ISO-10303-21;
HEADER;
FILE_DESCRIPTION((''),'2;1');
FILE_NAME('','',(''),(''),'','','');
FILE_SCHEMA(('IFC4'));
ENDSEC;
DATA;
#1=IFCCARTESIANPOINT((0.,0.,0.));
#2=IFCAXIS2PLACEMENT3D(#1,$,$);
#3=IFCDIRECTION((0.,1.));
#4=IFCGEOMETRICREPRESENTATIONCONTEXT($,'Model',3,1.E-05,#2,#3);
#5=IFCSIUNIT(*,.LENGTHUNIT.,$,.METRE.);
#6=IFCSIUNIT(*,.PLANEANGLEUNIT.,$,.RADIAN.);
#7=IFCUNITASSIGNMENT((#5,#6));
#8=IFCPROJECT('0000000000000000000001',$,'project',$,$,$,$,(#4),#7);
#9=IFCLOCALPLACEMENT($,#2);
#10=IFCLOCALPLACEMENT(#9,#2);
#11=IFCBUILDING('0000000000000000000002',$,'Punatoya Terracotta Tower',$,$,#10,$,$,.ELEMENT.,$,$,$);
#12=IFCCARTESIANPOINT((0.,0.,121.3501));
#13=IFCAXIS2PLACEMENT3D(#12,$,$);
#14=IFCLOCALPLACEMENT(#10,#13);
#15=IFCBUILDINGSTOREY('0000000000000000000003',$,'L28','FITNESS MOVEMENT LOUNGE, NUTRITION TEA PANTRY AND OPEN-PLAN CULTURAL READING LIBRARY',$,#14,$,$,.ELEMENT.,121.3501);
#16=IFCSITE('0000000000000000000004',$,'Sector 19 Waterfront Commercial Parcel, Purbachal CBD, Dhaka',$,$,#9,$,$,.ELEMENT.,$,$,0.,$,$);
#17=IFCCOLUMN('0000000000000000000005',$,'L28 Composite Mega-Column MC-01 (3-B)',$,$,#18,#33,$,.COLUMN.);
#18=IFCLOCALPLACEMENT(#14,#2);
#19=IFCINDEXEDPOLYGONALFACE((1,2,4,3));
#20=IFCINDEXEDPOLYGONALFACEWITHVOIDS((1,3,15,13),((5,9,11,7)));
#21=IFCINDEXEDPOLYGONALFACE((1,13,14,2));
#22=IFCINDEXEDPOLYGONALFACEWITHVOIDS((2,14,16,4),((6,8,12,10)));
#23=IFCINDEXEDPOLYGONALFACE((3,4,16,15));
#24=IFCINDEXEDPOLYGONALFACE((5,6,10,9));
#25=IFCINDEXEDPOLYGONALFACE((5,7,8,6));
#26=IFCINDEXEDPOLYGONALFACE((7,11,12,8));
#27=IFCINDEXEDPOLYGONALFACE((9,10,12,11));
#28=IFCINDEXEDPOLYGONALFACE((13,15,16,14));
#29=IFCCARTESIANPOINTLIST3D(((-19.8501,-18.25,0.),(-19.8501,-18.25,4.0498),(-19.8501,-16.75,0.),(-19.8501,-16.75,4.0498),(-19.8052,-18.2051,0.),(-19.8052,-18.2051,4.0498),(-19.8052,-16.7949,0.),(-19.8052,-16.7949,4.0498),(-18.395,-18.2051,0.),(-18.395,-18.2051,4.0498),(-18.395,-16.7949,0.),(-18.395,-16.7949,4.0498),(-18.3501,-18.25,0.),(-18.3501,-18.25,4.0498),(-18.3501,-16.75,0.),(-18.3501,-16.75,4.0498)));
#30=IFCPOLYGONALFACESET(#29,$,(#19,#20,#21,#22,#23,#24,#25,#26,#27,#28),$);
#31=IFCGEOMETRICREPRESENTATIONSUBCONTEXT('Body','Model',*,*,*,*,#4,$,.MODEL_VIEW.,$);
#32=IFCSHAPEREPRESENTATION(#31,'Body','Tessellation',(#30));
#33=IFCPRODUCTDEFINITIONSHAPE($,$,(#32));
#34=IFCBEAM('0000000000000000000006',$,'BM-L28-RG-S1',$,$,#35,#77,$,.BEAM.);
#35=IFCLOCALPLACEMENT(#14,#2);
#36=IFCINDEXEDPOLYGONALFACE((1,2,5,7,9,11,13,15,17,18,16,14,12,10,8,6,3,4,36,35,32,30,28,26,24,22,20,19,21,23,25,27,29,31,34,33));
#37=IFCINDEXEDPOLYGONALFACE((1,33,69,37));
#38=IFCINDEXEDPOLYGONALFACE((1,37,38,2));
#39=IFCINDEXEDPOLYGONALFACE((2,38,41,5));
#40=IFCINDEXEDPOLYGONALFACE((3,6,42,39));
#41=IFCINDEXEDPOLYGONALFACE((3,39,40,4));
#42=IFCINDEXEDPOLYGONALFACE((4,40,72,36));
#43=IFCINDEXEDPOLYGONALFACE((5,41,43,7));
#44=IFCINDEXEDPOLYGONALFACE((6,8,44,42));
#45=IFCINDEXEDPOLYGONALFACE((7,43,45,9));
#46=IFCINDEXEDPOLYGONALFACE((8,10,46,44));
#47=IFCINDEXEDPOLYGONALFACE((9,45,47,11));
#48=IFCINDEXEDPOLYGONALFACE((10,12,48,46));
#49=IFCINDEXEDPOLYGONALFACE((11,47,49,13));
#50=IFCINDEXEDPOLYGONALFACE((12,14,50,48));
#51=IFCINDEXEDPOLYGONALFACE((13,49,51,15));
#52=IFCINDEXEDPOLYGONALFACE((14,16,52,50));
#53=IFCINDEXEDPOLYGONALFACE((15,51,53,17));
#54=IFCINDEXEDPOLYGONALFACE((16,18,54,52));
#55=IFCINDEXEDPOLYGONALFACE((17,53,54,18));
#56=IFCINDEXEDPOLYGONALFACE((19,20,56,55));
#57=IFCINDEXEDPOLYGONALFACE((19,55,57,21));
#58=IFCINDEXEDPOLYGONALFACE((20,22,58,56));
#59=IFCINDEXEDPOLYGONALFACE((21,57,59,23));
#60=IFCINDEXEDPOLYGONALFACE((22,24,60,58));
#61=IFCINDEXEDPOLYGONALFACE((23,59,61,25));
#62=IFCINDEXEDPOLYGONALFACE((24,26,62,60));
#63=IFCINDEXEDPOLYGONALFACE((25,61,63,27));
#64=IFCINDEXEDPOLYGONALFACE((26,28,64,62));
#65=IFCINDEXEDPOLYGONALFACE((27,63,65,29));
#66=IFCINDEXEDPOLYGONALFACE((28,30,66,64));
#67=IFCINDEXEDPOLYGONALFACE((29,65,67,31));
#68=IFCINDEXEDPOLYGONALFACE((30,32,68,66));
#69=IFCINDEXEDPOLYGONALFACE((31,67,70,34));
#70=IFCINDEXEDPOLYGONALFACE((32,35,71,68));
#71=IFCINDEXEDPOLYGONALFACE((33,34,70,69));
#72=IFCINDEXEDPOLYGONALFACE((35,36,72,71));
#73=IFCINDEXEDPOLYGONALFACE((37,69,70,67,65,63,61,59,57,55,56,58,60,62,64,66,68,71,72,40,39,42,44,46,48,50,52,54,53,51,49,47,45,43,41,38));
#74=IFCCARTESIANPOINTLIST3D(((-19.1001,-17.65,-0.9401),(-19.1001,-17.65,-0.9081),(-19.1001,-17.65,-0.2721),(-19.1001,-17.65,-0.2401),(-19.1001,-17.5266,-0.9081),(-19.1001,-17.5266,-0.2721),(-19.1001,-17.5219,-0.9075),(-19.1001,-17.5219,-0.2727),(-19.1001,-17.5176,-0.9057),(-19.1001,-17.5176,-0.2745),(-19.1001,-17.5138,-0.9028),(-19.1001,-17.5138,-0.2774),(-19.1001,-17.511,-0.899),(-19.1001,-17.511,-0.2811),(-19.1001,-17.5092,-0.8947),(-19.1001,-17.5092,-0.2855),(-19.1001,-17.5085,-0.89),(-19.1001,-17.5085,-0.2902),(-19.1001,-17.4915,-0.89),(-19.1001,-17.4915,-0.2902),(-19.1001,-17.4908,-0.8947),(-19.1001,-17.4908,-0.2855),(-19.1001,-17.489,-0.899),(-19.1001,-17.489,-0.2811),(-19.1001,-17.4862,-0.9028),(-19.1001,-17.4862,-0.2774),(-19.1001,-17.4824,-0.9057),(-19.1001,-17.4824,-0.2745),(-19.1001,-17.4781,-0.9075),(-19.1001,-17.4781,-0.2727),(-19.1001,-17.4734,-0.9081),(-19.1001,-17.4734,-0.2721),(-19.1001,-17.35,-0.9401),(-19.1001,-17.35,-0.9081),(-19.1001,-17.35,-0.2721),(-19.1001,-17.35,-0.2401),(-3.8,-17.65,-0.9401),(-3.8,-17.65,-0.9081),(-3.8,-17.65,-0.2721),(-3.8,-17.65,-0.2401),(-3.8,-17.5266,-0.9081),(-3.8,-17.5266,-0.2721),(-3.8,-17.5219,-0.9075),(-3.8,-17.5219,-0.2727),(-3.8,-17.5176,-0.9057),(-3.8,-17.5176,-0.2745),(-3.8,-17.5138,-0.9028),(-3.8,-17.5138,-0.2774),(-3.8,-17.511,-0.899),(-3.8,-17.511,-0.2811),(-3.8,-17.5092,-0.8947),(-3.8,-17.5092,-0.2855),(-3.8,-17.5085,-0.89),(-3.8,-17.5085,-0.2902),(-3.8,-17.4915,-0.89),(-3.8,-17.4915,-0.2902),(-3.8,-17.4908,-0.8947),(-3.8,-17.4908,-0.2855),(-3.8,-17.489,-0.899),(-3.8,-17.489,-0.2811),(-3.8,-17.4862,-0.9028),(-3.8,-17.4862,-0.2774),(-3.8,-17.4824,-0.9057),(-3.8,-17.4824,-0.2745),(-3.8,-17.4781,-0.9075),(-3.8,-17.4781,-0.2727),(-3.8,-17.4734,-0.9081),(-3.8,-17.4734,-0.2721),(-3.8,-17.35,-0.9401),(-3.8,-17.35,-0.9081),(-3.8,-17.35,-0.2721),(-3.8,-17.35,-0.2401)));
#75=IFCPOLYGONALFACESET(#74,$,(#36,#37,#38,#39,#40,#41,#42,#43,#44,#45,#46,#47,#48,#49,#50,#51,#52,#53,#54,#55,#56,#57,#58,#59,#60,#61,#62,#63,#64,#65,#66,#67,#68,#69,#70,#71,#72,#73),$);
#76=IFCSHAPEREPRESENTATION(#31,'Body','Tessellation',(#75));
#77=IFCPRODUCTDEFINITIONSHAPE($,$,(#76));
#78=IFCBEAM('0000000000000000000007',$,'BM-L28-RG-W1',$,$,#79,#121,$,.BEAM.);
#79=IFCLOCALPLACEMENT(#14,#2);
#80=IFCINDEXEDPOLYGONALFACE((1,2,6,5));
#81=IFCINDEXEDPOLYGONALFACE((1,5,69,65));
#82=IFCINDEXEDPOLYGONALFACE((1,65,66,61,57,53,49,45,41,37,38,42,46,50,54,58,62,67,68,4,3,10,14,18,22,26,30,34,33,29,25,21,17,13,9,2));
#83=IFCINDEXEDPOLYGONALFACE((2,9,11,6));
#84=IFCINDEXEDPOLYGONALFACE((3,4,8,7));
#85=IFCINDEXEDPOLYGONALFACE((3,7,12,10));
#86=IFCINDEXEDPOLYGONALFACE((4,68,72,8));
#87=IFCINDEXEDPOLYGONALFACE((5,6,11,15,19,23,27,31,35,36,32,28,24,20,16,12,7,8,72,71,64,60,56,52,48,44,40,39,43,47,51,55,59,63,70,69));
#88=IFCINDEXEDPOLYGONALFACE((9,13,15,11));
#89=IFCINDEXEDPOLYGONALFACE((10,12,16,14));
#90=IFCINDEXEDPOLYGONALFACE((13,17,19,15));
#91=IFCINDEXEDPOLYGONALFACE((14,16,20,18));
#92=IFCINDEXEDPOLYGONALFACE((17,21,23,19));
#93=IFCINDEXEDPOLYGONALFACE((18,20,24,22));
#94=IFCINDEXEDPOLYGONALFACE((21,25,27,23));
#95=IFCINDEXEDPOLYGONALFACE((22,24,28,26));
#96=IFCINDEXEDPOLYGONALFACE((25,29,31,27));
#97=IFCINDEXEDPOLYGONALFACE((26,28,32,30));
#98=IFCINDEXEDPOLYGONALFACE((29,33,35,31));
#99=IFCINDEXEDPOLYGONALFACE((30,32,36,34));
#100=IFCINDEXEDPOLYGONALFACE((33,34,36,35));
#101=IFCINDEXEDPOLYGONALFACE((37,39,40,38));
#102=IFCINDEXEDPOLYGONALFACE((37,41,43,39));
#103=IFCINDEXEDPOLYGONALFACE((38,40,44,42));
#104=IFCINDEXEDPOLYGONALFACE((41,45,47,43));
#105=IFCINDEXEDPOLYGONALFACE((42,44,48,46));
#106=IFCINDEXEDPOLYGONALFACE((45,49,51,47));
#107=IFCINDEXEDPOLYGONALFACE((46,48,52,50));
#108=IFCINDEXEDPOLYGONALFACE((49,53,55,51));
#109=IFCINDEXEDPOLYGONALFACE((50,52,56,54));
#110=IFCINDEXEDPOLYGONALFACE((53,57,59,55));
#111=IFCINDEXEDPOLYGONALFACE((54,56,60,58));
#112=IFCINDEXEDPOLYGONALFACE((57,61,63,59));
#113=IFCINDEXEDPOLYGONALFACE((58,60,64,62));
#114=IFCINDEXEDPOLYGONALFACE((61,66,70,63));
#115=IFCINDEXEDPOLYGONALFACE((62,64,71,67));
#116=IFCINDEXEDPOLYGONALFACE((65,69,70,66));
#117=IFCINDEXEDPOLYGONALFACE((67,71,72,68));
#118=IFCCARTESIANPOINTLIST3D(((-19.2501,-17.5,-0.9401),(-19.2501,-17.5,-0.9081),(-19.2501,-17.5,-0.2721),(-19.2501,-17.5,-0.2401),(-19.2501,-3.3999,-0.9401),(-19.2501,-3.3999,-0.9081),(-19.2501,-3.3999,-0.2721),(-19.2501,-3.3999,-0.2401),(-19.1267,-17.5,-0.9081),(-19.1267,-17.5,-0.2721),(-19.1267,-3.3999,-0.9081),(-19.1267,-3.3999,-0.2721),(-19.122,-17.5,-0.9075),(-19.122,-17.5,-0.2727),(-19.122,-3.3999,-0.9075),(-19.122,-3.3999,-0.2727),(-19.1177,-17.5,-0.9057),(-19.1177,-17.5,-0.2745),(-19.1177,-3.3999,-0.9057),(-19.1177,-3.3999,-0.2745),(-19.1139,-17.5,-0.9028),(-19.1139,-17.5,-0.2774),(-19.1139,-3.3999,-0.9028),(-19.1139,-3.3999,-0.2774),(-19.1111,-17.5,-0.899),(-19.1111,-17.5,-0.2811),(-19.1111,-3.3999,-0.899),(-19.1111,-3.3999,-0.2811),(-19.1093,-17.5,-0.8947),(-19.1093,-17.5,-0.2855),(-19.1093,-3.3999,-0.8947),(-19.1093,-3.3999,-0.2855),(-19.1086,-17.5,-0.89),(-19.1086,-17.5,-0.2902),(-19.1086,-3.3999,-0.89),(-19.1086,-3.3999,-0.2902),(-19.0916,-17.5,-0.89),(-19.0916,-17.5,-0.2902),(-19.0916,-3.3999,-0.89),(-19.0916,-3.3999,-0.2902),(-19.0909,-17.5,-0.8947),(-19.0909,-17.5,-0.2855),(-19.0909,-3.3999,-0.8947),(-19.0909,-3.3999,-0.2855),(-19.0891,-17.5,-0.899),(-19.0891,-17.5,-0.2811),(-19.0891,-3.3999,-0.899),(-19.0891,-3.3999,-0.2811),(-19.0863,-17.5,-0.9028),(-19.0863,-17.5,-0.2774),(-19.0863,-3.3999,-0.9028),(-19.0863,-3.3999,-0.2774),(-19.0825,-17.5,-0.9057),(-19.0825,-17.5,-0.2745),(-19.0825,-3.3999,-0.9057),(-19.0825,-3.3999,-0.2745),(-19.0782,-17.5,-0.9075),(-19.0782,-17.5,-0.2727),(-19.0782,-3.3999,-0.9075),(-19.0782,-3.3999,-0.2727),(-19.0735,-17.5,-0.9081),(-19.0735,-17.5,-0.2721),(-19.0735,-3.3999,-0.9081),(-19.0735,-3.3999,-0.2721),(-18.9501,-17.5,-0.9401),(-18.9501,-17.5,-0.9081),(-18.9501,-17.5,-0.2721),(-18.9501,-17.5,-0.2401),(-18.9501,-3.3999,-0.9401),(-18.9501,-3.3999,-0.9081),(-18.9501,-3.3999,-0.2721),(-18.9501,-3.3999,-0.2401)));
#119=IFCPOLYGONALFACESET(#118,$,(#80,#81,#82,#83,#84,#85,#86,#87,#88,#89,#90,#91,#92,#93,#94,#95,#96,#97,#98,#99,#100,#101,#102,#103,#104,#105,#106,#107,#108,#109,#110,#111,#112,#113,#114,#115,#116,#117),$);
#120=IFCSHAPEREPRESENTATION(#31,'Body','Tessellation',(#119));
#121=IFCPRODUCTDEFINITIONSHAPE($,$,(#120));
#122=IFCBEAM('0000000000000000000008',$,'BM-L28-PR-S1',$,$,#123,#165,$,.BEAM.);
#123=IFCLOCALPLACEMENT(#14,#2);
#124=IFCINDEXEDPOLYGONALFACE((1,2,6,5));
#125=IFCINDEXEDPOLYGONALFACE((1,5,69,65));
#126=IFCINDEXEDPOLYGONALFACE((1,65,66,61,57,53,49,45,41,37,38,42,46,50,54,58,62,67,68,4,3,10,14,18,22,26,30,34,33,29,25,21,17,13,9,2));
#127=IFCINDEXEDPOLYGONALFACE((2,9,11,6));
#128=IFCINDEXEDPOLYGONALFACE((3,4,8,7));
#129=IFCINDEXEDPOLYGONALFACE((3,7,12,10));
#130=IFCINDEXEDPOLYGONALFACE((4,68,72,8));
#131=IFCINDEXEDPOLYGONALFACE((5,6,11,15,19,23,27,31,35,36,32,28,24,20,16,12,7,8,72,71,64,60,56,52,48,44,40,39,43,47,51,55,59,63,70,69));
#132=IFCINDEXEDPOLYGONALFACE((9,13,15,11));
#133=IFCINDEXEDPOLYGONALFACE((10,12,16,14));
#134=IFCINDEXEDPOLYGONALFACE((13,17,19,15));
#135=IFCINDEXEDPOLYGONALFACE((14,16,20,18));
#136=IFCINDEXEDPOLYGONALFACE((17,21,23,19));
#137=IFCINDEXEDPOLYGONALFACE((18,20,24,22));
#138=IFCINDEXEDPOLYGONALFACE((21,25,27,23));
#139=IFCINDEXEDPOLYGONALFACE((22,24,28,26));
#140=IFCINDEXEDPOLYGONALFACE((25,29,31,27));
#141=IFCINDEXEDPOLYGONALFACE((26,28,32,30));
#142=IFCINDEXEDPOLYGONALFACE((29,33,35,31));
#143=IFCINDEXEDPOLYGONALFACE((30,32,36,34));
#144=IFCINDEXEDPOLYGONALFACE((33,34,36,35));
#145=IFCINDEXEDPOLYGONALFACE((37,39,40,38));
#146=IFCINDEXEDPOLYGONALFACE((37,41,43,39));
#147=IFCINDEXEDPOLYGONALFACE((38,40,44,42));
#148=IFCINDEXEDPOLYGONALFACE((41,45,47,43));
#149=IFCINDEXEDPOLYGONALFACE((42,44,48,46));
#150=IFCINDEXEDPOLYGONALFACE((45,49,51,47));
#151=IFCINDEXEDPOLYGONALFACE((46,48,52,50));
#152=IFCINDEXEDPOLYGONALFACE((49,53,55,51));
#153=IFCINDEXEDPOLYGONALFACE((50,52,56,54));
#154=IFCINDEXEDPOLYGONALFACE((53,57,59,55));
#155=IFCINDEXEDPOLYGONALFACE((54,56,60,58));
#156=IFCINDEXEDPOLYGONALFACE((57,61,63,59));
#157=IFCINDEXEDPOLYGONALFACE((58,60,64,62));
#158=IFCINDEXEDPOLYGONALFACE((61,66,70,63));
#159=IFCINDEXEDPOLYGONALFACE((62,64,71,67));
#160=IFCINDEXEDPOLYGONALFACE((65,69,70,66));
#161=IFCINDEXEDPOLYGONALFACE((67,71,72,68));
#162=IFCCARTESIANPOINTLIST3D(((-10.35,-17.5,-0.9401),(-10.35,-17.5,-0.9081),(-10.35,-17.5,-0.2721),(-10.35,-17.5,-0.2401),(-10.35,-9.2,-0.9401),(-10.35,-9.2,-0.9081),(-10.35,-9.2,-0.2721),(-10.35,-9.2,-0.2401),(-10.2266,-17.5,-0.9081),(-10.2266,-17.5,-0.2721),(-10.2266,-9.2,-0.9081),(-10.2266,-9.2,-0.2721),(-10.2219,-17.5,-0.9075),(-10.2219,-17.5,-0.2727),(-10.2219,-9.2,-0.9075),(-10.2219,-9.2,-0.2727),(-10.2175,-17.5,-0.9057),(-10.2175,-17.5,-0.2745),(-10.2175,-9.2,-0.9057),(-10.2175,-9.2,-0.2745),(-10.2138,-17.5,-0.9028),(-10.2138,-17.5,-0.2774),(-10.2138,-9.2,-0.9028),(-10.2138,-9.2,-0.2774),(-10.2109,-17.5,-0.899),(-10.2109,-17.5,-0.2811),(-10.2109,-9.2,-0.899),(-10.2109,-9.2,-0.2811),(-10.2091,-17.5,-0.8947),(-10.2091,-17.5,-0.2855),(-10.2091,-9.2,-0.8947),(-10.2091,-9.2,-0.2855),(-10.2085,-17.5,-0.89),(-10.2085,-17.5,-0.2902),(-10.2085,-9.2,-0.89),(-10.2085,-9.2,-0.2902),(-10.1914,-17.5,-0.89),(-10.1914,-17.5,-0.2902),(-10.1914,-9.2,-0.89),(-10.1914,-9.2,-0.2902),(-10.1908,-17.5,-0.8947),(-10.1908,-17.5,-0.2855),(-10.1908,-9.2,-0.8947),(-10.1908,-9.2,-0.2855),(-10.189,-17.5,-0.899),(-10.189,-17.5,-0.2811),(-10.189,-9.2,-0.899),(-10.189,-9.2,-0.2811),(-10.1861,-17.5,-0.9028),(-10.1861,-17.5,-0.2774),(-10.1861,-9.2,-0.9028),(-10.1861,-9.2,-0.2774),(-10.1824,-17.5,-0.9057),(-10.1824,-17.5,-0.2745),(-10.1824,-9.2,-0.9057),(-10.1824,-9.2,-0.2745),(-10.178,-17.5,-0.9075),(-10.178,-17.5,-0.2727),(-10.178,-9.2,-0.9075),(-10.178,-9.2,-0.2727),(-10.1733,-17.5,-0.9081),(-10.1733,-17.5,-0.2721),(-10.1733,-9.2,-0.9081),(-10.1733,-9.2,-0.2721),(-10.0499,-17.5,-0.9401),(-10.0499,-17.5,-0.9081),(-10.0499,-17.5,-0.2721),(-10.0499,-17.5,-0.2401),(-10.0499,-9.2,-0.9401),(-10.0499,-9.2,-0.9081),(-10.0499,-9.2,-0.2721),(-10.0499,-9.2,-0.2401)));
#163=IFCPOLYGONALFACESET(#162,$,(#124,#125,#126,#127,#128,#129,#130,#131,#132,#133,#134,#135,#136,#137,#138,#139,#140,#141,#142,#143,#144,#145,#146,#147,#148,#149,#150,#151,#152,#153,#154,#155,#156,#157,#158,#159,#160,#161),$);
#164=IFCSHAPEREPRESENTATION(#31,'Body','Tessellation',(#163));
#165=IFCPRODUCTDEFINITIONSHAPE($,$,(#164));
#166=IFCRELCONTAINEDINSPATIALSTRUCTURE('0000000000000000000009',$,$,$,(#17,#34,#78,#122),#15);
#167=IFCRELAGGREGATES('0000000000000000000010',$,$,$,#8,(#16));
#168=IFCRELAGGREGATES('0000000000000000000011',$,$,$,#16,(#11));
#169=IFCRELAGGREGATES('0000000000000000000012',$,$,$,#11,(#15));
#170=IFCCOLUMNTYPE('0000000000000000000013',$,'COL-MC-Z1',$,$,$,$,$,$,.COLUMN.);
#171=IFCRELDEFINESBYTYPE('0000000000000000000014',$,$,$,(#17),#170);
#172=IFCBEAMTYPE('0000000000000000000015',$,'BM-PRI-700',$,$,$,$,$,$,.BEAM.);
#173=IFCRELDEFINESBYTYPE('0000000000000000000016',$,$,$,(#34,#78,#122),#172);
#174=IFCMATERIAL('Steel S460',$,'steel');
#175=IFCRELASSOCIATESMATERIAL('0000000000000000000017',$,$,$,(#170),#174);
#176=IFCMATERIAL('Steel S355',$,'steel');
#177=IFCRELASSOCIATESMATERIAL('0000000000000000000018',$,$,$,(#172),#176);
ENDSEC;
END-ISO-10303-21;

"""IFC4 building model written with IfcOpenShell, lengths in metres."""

from ifc_helpers import new_model, si_unit, direction, frame, origin, origin_2d, place, context, subcontext, project, spatial, hollow_rectangle, i_section, extrude, material, material_profile, profile_set, type_object, element, save


model = new_model("IFC4")

# Units and contexts
model_context = context("Model", 3, precision=1e-05, world=origin(), true_north=direction((0.0, 1.0)))
body_context = subcontext(model_context, "Body", "Model", "MODEL_VIEW")
ifc_project = project(units=[si_unit("LENGTHUNIT", "METRE"), si_unit("PLANEANGLEUNIT", "RADIAN")], contexts=[model_context])

# Site, building, storey
site_placement = place(None, origin())
site = spatial("IfcSite", under=ifc_project, at=site_placement, Name="Sector 19 Waterfront Commercial Parcel, Purbachal CBD, Dhaka", CompositionType="ELEMENT", RefElevation=0.0)
building_placement = place(site_placement, origin())
building = spatial("IfcBuilding", under=site, at=building_placement, Name="Punatoya Terracotta Tower", CompositionType="ELEMENT")
storey_placement = place(building_placement, frame((0.0, 0.0, 121.3501)))
storey = spatial("IfcBuildingStorey", under=building, at=storey_placement, Name="L28", Description="FITNESS MOVEMENT LOUNGE, NUTRITION TEA PANTRY AND OPEN-PLAN CULTURAL READING LIBRARY", CompositionType="ELEMENT", Elevation=121.3501)

# Column
ifc_material_1 = material(Name="Steel S460", Category="steel")
ifc_material_profile_1 = material_profile(ifc_material_1, hollow_rectangle(XDim=1.5, YDim=1.5, WallThickness=0.0449, at=origin_2d()))
ifc_profile_set_1 = profile_set([ifc_material_profile_1], Name="Steel S460")
column_type = type_object("IfcColumnType", Name="COL-MC-Z1", PredefinedType="COLUMN", material=ifc_profile_set_1)
column_placement = place(storey_placement, frame((-19.1001, -17.5, 0.0), z_axis=(0.0, 0.0, 1.0), x_axis=(1.0, 0.0, 0.0)))
element("IfcColumn", 1, at=column_placement, inside=storey, type_object=column_type, Name="L28 Composite Mega-Column MC-01 (3-B)", PredefinedType="COLUMN", context=body_context, shape_type="SweptSolid", body=[
    extrude(hollow_rectangle(XDim=1.5, YDim=1.5, WallThickness=0.0449, at=origin_2d()), origin(), (0.0, 0.0, 1.0), 4.0498),
])

# Beams
ifc_material_2 = material(Name="Steel S355", Category="steel")
ifc_material_profile_2 = material_profile(ifc_material_2, i_section(OverallWidth=0.3, OverallDepth=0.7, WebThickness=0.0171, FlangeThickness=0.032, FilletRadius=0.0181, at=origin_2d()))
ifc_profile_set_2 = profile_set([ifc_material_profile_2], Name="Steel S355")
beam_type_1 = type_object("IfcBeamType", Name="BM-PRI-700", PredefinedType="BEAM", material=ifc_profile_set_2)
beam_1_placement = place(storey_placement, frame((-19.1001, -17.5, -0.5901), z_axis=(1.0, 0.0, 0.0), x_axis=(0.0, 1.0, 0.0)))
element("IfcBeam", 2, at=beam_1_placement, inside=storey, type_object=beam_type_1, Name="BM-L28-RG-S1", PredefinedType="BEAM", context=body_context, shape_type="SweptSolid", body=[
    extrude(i_section(OverallWidth=0.3, OverallDepth=0.7, WebThickness=0.0171, FlangeThickness=0.032, FilletRadius=0.0181, at=origin_2d()), origin(), (0.0, 0.0, 1.0), 15.3),
])
beam_2_placement = place(storey_placement, frame((-19.1001, -17.5, -0.5901), z_axis=(0.0, 1.0, 0.0), x_axis=(-1.0, 0.0, 0.0)))
element("IfcBeam", 3, at=beam_2_placement, inside=storey, type_object=beam_type_1, Name="BM-L28-RG-W1", PredefinedType="BEAM", context=body_context, shape_type="SweptSolid", body=[
    extrude(i_section(OverallWidth=0.3, OverallDepth=0.7, WebThickness=0.0171, FlangeThickness=0.032, FilletRadius=0.0181, at=origin_2d()), origin(), (0.0, 0.0, 1.0), 14.1001),
])
beam_3_placement = place(storey_placement, frame((-10.2, -17.5, -0.5901), z_axis=(0.0, 1.0, 0.0), x_axis=(-1.0, 0.0, 0.0)))
element("IfcBeam", 4, at=beam_3_placement, inside=storey, type_object=beam_type_1, Name="BM-L28-PR-S1", PredefinedType="BEAM", context=body_context, shape_type="SweptSolid", body=[
    extrude(i_section(OverallWidth=0.3, OverallDepth=0.7, WebThickness=0.0171, FlangeThickness=0.032, FilletRadius=0.0181, at=origin_2d()), origin(), (0.0, 0.0, 1.0), 8.3),
])

save(model, "model.ifc")
